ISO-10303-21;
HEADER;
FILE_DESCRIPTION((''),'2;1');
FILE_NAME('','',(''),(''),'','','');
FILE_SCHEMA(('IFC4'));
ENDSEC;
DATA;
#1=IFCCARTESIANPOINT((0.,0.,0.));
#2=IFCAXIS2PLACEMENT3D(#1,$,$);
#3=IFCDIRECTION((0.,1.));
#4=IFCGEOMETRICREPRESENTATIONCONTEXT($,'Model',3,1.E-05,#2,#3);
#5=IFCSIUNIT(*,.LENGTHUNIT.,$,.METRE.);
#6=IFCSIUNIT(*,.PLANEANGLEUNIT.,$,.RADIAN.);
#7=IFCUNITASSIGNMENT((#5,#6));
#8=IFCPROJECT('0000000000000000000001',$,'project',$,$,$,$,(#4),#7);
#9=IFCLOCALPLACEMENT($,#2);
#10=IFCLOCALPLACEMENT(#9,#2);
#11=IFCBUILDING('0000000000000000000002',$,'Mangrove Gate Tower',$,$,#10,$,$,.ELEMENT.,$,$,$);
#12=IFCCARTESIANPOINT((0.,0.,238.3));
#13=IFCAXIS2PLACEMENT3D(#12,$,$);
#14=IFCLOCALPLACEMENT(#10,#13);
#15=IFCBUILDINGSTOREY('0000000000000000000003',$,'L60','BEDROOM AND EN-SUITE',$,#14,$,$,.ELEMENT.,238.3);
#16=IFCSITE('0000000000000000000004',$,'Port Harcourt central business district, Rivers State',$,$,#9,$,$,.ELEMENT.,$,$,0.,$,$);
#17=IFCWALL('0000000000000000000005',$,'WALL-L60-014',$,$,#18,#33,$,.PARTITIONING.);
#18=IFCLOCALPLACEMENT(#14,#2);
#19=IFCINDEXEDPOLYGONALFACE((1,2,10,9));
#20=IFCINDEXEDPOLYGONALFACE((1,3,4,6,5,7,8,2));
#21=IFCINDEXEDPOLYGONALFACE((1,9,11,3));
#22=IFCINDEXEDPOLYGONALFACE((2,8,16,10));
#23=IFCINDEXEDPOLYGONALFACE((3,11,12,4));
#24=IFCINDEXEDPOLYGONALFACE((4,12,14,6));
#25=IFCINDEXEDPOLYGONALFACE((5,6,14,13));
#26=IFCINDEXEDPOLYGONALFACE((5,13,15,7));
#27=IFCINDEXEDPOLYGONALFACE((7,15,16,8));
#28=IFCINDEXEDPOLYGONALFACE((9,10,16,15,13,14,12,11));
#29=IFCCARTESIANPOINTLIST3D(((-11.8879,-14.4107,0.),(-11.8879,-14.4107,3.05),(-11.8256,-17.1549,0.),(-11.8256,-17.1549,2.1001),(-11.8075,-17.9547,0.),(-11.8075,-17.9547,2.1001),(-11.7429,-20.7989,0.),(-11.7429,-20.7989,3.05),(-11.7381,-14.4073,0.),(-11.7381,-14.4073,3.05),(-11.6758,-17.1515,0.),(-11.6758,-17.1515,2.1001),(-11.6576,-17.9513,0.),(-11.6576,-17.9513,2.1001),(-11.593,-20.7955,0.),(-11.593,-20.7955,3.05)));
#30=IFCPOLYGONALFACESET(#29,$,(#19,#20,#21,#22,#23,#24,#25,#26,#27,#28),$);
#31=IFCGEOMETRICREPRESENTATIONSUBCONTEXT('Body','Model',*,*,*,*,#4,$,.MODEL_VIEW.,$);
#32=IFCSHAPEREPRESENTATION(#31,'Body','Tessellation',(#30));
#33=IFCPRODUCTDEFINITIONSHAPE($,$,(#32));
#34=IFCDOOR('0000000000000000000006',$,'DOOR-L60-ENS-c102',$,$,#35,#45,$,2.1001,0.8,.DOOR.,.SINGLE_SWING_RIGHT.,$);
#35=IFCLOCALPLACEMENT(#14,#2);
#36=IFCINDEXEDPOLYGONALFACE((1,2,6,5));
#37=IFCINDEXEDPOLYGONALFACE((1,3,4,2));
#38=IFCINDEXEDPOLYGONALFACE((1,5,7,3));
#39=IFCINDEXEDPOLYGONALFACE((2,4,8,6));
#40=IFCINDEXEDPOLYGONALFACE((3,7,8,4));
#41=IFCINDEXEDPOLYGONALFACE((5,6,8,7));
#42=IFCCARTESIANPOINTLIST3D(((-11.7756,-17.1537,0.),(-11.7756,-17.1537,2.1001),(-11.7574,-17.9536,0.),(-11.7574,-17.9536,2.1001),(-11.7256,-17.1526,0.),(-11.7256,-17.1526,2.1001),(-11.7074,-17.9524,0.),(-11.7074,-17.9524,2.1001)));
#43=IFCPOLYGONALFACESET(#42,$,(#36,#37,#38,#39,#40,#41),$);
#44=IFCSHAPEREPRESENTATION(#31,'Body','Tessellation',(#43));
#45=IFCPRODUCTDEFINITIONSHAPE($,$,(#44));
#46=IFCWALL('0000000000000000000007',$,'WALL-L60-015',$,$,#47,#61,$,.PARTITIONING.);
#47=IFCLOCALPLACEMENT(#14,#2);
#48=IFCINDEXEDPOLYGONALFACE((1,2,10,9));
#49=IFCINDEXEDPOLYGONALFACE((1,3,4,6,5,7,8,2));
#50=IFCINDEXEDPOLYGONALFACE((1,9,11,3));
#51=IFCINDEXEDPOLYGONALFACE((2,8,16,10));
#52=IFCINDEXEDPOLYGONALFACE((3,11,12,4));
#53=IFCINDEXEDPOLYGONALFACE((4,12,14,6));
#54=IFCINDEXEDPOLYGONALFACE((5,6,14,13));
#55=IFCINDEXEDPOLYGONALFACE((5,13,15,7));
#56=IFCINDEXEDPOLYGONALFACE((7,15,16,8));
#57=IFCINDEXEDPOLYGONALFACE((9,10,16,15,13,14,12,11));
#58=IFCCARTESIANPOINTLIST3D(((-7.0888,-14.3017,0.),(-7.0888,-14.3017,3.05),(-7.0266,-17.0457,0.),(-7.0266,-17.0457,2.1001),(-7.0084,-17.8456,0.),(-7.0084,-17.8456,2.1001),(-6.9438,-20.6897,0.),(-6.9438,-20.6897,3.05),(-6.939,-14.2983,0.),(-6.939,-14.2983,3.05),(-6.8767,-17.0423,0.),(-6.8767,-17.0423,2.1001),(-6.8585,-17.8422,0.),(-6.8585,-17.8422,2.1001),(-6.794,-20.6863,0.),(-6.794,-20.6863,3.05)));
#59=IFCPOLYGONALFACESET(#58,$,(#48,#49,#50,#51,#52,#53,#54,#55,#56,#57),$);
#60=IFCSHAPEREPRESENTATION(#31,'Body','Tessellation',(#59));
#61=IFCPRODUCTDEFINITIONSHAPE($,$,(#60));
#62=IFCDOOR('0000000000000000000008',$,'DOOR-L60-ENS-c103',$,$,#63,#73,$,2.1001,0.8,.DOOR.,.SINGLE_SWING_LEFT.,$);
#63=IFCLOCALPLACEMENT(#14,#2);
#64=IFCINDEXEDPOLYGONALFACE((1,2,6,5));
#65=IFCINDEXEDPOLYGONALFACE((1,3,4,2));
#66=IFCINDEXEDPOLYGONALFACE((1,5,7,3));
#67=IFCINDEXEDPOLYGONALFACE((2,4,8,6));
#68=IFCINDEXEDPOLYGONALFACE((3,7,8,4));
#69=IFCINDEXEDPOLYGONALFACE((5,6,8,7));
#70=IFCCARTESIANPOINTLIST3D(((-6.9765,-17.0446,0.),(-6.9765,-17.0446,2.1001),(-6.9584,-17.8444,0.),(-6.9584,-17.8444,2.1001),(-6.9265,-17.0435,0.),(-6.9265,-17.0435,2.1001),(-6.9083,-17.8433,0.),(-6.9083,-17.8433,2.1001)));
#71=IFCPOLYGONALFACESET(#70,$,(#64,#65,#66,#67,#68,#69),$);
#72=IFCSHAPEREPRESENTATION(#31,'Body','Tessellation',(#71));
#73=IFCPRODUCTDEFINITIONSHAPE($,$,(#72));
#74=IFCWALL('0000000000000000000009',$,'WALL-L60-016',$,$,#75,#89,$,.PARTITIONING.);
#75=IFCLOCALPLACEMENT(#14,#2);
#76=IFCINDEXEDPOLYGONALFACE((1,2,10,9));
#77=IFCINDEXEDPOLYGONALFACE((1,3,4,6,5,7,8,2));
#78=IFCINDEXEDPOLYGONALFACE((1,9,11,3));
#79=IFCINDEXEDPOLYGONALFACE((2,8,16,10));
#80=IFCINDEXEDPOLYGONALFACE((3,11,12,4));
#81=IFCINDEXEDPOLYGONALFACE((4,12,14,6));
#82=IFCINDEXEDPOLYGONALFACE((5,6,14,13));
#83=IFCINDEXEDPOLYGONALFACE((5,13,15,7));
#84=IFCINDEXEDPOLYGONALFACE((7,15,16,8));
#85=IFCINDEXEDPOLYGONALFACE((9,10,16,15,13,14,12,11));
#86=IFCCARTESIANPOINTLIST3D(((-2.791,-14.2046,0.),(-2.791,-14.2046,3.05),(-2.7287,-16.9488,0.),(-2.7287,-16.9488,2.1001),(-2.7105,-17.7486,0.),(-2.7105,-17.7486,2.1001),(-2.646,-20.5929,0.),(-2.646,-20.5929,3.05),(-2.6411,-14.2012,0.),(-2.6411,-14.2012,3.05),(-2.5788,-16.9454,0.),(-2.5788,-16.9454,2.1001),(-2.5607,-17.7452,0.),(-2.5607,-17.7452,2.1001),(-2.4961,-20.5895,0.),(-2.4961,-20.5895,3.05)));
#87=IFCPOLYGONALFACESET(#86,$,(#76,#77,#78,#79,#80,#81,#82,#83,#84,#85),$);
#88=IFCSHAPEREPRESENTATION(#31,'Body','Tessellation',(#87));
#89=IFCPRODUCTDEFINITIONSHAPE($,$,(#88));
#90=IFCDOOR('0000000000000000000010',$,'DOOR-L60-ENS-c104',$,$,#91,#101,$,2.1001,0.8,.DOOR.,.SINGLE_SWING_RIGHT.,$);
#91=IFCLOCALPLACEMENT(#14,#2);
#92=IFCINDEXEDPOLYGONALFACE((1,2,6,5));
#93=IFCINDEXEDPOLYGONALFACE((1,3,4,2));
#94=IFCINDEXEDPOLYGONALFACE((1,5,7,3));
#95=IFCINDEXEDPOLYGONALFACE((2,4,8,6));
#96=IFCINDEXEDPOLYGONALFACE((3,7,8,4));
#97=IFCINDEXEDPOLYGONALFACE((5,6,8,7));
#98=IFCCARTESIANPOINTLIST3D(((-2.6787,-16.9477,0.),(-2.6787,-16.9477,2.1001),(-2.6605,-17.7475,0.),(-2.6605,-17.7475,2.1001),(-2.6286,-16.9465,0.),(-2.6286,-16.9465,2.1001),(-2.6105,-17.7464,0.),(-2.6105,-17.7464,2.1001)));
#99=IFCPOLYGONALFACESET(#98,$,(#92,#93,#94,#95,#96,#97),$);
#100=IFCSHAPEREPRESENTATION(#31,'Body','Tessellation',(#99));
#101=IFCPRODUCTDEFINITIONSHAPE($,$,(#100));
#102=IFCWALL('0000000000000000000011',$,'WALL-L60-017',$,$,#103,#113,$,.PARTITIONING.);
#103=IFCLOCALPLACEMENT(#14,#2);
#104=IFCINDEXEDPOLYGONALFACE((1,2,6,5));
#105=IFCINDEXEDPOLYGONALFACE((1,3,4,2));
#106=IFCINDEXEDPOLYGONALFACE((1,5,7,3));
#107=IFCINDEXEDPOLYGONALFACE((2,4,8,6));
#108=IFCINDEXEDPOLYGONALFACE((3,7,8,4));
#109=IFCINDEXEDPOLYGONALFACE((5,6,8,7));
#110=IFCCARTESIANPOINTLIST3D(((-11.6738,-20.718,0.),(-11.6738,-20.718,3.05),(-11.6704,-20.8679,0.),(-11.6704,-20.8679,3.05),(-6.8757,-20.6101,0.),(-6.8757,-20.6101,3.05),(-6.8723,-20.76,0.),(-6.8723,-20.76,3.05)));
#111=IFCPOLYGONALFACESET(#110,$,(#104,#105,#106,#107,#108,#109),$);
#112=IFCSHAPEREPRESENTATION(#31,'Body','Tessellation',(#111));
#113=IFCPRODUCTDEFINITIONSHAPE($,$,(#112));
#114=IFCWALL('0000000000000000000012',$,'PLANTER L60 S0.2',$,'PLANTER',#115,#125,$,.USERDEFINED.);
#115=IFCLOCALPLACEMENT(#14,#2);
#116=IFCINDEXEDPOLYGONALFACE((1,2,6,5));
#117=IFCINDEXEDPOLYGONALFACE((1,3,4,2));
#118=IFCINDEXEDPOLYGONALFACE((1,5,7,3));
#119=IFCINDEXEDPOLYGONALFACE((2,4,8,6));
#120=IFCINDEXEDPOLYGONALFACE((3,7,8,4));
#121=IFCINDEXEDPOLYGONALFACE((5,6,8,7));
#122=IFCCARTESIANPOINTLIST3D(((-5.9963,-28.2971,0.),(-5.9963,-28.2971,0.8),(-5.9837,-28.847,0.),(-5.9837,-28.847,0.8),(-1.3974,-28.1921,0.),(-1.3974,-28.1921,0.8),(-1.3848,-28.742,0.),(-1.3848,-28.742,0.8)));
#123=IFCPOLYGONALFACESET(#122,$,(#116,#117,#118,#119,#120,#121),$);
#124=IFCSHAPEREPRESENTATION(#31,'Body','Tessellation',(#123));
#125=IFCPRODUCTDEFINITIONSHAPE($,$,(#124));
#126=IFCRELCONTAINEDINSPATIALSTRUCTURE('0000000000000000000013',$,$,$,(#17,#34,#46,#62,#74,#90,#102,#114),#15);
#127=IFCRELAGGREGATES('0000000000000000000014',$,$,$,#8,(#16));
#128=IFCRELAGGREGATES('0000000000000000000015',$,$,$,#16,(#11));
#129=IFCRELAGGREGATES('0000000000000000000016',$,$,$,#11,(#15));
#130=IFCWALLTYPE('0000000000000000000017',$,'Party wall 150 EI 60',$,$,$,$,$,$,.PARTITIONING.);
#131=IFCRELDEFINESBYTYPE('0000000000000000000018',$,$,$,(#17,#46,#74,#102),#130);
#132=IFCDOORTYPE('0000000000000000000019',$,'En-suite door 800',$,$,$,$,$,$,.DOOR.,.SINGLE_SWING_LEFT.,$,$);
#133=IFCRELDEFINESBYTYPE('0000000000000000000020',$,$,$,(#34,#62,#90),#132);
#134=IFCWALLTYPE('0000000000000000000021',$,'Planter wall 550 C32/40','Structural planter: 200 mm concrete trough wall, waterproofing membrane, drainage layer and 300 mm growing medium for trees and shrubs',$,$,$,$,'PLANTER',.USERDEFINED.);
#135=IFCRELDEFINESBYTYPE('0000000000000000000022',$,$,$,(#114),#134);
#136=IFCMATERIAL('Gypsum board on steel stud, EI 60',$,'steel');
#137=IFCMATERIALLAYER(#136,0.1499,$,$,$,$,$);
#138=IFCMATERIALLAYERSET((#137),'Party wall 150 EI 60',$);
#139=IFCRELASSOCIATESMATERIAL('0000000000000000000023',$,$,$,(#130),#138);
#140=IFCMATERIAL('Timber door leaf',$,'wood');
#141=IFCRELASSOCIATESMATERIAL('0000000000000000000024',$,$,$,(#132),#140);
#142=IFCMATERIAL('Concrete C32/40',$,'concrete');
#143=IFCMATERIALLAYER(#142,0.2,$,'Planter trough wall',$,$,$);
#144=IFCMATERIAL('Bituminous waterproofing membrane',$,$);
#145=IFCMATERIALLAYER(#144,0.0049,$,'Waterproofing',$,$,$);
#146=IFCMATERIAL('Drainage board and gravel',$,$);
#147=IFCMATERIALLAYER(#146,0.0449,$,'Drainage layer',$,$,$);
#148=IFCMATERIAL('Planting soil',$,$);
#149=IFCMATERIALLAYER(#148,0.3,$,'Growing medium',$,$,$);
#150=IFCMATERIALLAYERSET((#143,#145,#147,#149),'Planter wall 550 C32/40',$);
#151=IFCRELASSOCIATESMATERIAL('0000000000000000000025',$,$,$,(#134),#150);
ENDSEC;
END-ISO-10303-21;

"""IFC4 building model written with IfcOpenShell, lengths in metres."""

from ifc_helpers import new_model, si_unit, direction, frame, frame_2d, origin, place, context, subcontext, project, spatial, rectangle, extrude, material, layer, layer_set, type_object, element, fill, save


model = new_model("IFC4")

# Units and contexts
model_context = context("Model", 3, precision=1e-05, world=origin(), true_north=direction((0.0, 1.0)))
body_context = subcontext(model_context, "Body", "Model", "MODEL_VIEW")
ifc_project = project(units=[si_unit("LENGTHUNIT", "METRE"), si_unit("PLANEANGLEUNIT", "RADIAN")], contexts=[model_context])

# Site, building, storey
site_placement = place(None, origin())
site = spatial("IfcSite", under=ifc_project, at=site_placement, Name="Port Harcourt central business district, Rivers State", CompositionType="ELEMENT", RefElevation=0.0)
building_placement = place(site_placement, origin())
building = spatial("IfcBuilding", under=site, at=building_placement, Name="Mangrove Gate Tower", CompositionType="ELEMENT")
storey_placement = place(building_placement, frame((0.0, 0.0, 238.3)))
storey = spatial("IfcBuildingStorey", under=building, at=storey_placement, Name="L60", Description="BEDROOM AND EN-SUITE", CompositionType="ELEMENT", Elevation=238.3)

# Shared definitions
ifc_material_1 = material(Name="Gypsum board on steel stud, EI 60", Category="steel")
ifc_layer_1 = layer(ifc_material_1, 0.1499)
ifc_layer_set_1 = layer_set([ifc_layer_1], Name="Party wall 150 EI 60")
wall_type_1 = type_object("IfcWallType", Name="Party wall 150 EI 60", PredefinedType="PARTITIONING", material=ifc_layer_set_1)

# Walls, openings, doors
ifc_material_2 = material(Name="Timber door leaf", Category="wood")
door_type = type_object("IfcDoorType", Name="En-suite door 800", OperationType="SINGLE_SWING_LEFT", PredefinedType="DOOR", material=ifc_material_2)
wall_1_placement = place(storey_placement, frame((-11.668, -20.7971, 0.0), z_axis=(0.0, 0.0, 1.0), x_axis=(-0.022695, 0.999742, 0.0)))
wall_1 = element("IfcWall", 1, at=wall_1_placement, inside=storey, type_object=wall_type_1, Name="WALL-L60-014", PredefinedType="PARTITIONING", context=body_context, shape_type="SweptSolid", body=[
    extrude(rectangle(XDim=6.3899, YDim=0.1499, at=frame_2d((3.1948, 0.0))), origin(), (0.0, 0.0, 1.0), 3.05),
])
opening_1_placement = place(wall_1_placement, frame((2.845, 0.0, 0.0)))
opening_1 = element("IfcOpeningElement", 2, at=opening_1_placement, cuts=wall_1, PredefinedType="OPENING", context=body_context, shape_type="SweptSolid", body=[
    extrude(rectangle(XDim=0.8, YDim=2.1001, at=frame_2d((0.3999, 1.05))), frame((0.0, 0.085, 0.0), z_axis=(0.0, -1.0, 0.0), x_axis=(1.0, 0.0, 0.0)), (0.0, 0.0, 1.0), 0.1699),
])
door_1_placement = place(opening_1_placement, origin())
door_1 = element("IfcDoor", 3, at=door_1_placement, inside=storey, type_object=door_type, Name="DOOR-L60-ENS-c102", OperationType="SINGLE_SWING_RIGHT", OverallHeight=2.1001, OverallWidth=0.8, PredefinedType="DOOR", context=body_context, shape_type="SweptSolid", body=[
    extrude(rectangle(XDim=0.8, YDim=2.1001, at=frame_2d((0.3999, 1.05))), frame((0.0, 0.0249, 0.0), z_axis=(0.0, -1.0, 0.0), x_axis=(1.0, 0.0, 0.0)), (0.0, 0.0, 1.0), 0.05),
])
fill(opening_1, door_1)
wall_2_placement = place(storey_placement, frame((-6.8689, -20.688, 0.0), z_axis=(0.0, 0.0, 1.0), x_axis=(-0.022696, 0.999742, 0.0)))
wall_2 = element("IfcWall", 4, at=wall_2_placement, inside=storey, type_object=wall_type_1, Name="WALL-L60-015", PredefinedType="PARTITIONING", context=body_context, shape_type="SweptSolid", body=[
    extrude(rectangle(XDim=6.3896, YDim=0.1499, at=frame_2d((3.1948, 0.0))), origin(), (0.0, 0.0, 1.0), 3.05),
])
opening_2_placement = place(wall_2_placement, frame((2.845, 0.0, 0.0)))
opening_2 = element("IfcOpeningElement", 5, at=opening_2_placement, cuts=wall_2, PredefinedType="OPENING", context=body_context, shape_type="SweptSolid", body=[
    extrude(rectangle(XDim=0.8, YDim=2.1001, at=frame_2d((0.3999, 1.05))), frame((0.0, 0.085, 0.0), z_axis=(0.0, -1.0, 0.0), x_axis=(1.0, 0.0, 0.0)), (0.0, 0.0, 1.0), 0.1699),
])
door_2_placement = place(opening_2_placement, origin())
door_2 = element("IfcDoor", 6, at=door_2_placement, inside=storey, type_object=door_type, Name="DOOR-L60-ENS-c103", OperationType="SINGLE_SWING_LEFT", OverallHeight=2.1001, OverallWidth=0.8, PredefinedType="DOOR", context=body_context, shape_type="SweptSolid", body=[
    extrude(rectangle(XDim=0.8, YDim=2.1001, at=frame_2d((0.3999, 1.05))), frame((0.0, 0.0249, 0.0), z_axis=(0.0, -1.0, 0.0), x_axis=(1.0, 0.0, 0.0)), (0.0, 0.0, 1.0), 0.05),
])
fill(opening_2, door_2)
wall_3_placement = place(storey_placement, frame((-2.571, -20.5911, 0.0), z_axis=(0.0, 0.0, 1.0), x_axis=(-0.022695, 0.999742, 0.0)))
wall_3 = element("IfcWall", 7, at=wall_3_placement, inside=storey, type_object=wall_type_1, Name="WALL-L60-016", PredefinedType="PARTITIONING", context=body_context, shape_type="SweptSolid", body=[
    extrude(rectangle(XDim=6.3899, YDim=0.1499, at=frame_2d((3.1948, 0.0))), origin(), (0.0, 0.0, 1.0), 3.05),
])
opening_3_placement = place(wall_3_placement, frame((2.845, 0.0, 0.0)))
opening_3 = element("IfcOpeningElement", 8, at=opening_3_placement, cuts=wall_3, PredefinedType="OPENING", context=body_context, shape_type="SweptSolid", body=[
    extrude(rectangle(XDim=0.8, YDim=2.1001, at=frame_2d((0.3999, 1.05))), frame((0.0, 0.085, 0.0), z_axis=(0.0, -1.0, 0.0), x_axis=(1.0, 0.0, 0.0)), (0.0, 0.0, 1.0), 0.1699),
])
door_3_placement = place(opening_3_placement, origin())
door_3 = element("IfcDoor", 9, at=door_3_placement, inside=storey, type_object=door_type, Name="DOOR-L60-ENS-c104", OperationType="SINGLE_SWING_RIGHT", OverallHeight=2.1001, OverallWidth=0.8, PredefinedType="DOOR", context=body_context, shape_type="SweptSolid", body=[
    extrude(rectangle(XDim=0.8, YDim=2.1001, at=frame_2d((0.3999, 1.05))), frame((0.0, 0.0249, 0.0), z_axis=(0.0, -1.0, 0.0), x_axis=(1.0, 0.0, 0.0)), (0.0, 0.0, 1.0), 0.05),
])
fill(opening_3, door_3)

# Walls
wall_4_placement = place(storey_placement, frame((-11.6721, -20.793, 0.0), z_axis=(0.0, 0.0, 1.0), x_axis=(0.999747, 0.022485, 0.0)))
element("IfcWall", 10, at=wall_4_placement, inside=storey, type_object=wall_type_1, Name="WALL-L60-017", PredefinedType="PARTITIONING", context=body_context, shape_type="SweptSolid", body=[
    extrude(rectangle(XDim=4.7993, YDim=0.1499, at=frame_2d((2.3997, 0.0))), origin(), (0.0, 0.0, 1.0), 3.05),
])
ifc_material_3 = material(Name="Concrete C32/40", Category="concrete")
ifc_layer_2 = layer(ifc_material_3, 0.2, Name="Planter trough wall")
ifc_material_4 = material(Name="Bituminous waterproofing membrane")
ifc_layer_3 = layer(ifc_material_4, 0.0049, Name="Waterproofing")
ifc_material_5 = material(Name="Drainage board and gravel")
ifc_layer_4 = layer(ifc_material_5, 0.0449, Name="Drainage layer")
ifc_material_6 = material(Name="Planting soil")
ifc_layer_5 = layer(ifc_material_6, 0.3, Name="Growing medium")
ifc_layer_set_2 = layer_set([ifc_layer_2, ifc_layer_3, ifc_layer_4, ifc_layer_5], Name="Planter wall 550 C32/40")
wall_type_2 = type_object("IfcWallType", Name="Planter wall 550 C32/40", Description="Structural planter: 200 mm concrete trough wall, waterproofing membrane, drainage layer and 300 mm growing medium for trees and shrubs", ElementType="PLANTER", PredefinedType="USERDEFINED", material=ifc_layer_set_2)
wall_5_placement = place(storey_placement, frame((-5.99, -28.572, 0.0), z_axis=(0.0, 0.0, 1.0), x_axis=(0.99974, 0.022821, 0.0)))
element("IfcWall", 11, at=wall_5_placement, inside=storey, type_object=wall_type_2, Name="PLANTER L60 S0.2", ObjectType="PLANTER", PredefinedType="USERDEFINED", context=body_context, shape_type="SweptSolid", body=[
    extrude(rectangle(XDim=4.6001, YDim=0.55, at=frame_2d((2.3, 0.0))), origin(), (0.0, 0.0, 1.0), 0.8),
])

save(model, "model.ifc")
